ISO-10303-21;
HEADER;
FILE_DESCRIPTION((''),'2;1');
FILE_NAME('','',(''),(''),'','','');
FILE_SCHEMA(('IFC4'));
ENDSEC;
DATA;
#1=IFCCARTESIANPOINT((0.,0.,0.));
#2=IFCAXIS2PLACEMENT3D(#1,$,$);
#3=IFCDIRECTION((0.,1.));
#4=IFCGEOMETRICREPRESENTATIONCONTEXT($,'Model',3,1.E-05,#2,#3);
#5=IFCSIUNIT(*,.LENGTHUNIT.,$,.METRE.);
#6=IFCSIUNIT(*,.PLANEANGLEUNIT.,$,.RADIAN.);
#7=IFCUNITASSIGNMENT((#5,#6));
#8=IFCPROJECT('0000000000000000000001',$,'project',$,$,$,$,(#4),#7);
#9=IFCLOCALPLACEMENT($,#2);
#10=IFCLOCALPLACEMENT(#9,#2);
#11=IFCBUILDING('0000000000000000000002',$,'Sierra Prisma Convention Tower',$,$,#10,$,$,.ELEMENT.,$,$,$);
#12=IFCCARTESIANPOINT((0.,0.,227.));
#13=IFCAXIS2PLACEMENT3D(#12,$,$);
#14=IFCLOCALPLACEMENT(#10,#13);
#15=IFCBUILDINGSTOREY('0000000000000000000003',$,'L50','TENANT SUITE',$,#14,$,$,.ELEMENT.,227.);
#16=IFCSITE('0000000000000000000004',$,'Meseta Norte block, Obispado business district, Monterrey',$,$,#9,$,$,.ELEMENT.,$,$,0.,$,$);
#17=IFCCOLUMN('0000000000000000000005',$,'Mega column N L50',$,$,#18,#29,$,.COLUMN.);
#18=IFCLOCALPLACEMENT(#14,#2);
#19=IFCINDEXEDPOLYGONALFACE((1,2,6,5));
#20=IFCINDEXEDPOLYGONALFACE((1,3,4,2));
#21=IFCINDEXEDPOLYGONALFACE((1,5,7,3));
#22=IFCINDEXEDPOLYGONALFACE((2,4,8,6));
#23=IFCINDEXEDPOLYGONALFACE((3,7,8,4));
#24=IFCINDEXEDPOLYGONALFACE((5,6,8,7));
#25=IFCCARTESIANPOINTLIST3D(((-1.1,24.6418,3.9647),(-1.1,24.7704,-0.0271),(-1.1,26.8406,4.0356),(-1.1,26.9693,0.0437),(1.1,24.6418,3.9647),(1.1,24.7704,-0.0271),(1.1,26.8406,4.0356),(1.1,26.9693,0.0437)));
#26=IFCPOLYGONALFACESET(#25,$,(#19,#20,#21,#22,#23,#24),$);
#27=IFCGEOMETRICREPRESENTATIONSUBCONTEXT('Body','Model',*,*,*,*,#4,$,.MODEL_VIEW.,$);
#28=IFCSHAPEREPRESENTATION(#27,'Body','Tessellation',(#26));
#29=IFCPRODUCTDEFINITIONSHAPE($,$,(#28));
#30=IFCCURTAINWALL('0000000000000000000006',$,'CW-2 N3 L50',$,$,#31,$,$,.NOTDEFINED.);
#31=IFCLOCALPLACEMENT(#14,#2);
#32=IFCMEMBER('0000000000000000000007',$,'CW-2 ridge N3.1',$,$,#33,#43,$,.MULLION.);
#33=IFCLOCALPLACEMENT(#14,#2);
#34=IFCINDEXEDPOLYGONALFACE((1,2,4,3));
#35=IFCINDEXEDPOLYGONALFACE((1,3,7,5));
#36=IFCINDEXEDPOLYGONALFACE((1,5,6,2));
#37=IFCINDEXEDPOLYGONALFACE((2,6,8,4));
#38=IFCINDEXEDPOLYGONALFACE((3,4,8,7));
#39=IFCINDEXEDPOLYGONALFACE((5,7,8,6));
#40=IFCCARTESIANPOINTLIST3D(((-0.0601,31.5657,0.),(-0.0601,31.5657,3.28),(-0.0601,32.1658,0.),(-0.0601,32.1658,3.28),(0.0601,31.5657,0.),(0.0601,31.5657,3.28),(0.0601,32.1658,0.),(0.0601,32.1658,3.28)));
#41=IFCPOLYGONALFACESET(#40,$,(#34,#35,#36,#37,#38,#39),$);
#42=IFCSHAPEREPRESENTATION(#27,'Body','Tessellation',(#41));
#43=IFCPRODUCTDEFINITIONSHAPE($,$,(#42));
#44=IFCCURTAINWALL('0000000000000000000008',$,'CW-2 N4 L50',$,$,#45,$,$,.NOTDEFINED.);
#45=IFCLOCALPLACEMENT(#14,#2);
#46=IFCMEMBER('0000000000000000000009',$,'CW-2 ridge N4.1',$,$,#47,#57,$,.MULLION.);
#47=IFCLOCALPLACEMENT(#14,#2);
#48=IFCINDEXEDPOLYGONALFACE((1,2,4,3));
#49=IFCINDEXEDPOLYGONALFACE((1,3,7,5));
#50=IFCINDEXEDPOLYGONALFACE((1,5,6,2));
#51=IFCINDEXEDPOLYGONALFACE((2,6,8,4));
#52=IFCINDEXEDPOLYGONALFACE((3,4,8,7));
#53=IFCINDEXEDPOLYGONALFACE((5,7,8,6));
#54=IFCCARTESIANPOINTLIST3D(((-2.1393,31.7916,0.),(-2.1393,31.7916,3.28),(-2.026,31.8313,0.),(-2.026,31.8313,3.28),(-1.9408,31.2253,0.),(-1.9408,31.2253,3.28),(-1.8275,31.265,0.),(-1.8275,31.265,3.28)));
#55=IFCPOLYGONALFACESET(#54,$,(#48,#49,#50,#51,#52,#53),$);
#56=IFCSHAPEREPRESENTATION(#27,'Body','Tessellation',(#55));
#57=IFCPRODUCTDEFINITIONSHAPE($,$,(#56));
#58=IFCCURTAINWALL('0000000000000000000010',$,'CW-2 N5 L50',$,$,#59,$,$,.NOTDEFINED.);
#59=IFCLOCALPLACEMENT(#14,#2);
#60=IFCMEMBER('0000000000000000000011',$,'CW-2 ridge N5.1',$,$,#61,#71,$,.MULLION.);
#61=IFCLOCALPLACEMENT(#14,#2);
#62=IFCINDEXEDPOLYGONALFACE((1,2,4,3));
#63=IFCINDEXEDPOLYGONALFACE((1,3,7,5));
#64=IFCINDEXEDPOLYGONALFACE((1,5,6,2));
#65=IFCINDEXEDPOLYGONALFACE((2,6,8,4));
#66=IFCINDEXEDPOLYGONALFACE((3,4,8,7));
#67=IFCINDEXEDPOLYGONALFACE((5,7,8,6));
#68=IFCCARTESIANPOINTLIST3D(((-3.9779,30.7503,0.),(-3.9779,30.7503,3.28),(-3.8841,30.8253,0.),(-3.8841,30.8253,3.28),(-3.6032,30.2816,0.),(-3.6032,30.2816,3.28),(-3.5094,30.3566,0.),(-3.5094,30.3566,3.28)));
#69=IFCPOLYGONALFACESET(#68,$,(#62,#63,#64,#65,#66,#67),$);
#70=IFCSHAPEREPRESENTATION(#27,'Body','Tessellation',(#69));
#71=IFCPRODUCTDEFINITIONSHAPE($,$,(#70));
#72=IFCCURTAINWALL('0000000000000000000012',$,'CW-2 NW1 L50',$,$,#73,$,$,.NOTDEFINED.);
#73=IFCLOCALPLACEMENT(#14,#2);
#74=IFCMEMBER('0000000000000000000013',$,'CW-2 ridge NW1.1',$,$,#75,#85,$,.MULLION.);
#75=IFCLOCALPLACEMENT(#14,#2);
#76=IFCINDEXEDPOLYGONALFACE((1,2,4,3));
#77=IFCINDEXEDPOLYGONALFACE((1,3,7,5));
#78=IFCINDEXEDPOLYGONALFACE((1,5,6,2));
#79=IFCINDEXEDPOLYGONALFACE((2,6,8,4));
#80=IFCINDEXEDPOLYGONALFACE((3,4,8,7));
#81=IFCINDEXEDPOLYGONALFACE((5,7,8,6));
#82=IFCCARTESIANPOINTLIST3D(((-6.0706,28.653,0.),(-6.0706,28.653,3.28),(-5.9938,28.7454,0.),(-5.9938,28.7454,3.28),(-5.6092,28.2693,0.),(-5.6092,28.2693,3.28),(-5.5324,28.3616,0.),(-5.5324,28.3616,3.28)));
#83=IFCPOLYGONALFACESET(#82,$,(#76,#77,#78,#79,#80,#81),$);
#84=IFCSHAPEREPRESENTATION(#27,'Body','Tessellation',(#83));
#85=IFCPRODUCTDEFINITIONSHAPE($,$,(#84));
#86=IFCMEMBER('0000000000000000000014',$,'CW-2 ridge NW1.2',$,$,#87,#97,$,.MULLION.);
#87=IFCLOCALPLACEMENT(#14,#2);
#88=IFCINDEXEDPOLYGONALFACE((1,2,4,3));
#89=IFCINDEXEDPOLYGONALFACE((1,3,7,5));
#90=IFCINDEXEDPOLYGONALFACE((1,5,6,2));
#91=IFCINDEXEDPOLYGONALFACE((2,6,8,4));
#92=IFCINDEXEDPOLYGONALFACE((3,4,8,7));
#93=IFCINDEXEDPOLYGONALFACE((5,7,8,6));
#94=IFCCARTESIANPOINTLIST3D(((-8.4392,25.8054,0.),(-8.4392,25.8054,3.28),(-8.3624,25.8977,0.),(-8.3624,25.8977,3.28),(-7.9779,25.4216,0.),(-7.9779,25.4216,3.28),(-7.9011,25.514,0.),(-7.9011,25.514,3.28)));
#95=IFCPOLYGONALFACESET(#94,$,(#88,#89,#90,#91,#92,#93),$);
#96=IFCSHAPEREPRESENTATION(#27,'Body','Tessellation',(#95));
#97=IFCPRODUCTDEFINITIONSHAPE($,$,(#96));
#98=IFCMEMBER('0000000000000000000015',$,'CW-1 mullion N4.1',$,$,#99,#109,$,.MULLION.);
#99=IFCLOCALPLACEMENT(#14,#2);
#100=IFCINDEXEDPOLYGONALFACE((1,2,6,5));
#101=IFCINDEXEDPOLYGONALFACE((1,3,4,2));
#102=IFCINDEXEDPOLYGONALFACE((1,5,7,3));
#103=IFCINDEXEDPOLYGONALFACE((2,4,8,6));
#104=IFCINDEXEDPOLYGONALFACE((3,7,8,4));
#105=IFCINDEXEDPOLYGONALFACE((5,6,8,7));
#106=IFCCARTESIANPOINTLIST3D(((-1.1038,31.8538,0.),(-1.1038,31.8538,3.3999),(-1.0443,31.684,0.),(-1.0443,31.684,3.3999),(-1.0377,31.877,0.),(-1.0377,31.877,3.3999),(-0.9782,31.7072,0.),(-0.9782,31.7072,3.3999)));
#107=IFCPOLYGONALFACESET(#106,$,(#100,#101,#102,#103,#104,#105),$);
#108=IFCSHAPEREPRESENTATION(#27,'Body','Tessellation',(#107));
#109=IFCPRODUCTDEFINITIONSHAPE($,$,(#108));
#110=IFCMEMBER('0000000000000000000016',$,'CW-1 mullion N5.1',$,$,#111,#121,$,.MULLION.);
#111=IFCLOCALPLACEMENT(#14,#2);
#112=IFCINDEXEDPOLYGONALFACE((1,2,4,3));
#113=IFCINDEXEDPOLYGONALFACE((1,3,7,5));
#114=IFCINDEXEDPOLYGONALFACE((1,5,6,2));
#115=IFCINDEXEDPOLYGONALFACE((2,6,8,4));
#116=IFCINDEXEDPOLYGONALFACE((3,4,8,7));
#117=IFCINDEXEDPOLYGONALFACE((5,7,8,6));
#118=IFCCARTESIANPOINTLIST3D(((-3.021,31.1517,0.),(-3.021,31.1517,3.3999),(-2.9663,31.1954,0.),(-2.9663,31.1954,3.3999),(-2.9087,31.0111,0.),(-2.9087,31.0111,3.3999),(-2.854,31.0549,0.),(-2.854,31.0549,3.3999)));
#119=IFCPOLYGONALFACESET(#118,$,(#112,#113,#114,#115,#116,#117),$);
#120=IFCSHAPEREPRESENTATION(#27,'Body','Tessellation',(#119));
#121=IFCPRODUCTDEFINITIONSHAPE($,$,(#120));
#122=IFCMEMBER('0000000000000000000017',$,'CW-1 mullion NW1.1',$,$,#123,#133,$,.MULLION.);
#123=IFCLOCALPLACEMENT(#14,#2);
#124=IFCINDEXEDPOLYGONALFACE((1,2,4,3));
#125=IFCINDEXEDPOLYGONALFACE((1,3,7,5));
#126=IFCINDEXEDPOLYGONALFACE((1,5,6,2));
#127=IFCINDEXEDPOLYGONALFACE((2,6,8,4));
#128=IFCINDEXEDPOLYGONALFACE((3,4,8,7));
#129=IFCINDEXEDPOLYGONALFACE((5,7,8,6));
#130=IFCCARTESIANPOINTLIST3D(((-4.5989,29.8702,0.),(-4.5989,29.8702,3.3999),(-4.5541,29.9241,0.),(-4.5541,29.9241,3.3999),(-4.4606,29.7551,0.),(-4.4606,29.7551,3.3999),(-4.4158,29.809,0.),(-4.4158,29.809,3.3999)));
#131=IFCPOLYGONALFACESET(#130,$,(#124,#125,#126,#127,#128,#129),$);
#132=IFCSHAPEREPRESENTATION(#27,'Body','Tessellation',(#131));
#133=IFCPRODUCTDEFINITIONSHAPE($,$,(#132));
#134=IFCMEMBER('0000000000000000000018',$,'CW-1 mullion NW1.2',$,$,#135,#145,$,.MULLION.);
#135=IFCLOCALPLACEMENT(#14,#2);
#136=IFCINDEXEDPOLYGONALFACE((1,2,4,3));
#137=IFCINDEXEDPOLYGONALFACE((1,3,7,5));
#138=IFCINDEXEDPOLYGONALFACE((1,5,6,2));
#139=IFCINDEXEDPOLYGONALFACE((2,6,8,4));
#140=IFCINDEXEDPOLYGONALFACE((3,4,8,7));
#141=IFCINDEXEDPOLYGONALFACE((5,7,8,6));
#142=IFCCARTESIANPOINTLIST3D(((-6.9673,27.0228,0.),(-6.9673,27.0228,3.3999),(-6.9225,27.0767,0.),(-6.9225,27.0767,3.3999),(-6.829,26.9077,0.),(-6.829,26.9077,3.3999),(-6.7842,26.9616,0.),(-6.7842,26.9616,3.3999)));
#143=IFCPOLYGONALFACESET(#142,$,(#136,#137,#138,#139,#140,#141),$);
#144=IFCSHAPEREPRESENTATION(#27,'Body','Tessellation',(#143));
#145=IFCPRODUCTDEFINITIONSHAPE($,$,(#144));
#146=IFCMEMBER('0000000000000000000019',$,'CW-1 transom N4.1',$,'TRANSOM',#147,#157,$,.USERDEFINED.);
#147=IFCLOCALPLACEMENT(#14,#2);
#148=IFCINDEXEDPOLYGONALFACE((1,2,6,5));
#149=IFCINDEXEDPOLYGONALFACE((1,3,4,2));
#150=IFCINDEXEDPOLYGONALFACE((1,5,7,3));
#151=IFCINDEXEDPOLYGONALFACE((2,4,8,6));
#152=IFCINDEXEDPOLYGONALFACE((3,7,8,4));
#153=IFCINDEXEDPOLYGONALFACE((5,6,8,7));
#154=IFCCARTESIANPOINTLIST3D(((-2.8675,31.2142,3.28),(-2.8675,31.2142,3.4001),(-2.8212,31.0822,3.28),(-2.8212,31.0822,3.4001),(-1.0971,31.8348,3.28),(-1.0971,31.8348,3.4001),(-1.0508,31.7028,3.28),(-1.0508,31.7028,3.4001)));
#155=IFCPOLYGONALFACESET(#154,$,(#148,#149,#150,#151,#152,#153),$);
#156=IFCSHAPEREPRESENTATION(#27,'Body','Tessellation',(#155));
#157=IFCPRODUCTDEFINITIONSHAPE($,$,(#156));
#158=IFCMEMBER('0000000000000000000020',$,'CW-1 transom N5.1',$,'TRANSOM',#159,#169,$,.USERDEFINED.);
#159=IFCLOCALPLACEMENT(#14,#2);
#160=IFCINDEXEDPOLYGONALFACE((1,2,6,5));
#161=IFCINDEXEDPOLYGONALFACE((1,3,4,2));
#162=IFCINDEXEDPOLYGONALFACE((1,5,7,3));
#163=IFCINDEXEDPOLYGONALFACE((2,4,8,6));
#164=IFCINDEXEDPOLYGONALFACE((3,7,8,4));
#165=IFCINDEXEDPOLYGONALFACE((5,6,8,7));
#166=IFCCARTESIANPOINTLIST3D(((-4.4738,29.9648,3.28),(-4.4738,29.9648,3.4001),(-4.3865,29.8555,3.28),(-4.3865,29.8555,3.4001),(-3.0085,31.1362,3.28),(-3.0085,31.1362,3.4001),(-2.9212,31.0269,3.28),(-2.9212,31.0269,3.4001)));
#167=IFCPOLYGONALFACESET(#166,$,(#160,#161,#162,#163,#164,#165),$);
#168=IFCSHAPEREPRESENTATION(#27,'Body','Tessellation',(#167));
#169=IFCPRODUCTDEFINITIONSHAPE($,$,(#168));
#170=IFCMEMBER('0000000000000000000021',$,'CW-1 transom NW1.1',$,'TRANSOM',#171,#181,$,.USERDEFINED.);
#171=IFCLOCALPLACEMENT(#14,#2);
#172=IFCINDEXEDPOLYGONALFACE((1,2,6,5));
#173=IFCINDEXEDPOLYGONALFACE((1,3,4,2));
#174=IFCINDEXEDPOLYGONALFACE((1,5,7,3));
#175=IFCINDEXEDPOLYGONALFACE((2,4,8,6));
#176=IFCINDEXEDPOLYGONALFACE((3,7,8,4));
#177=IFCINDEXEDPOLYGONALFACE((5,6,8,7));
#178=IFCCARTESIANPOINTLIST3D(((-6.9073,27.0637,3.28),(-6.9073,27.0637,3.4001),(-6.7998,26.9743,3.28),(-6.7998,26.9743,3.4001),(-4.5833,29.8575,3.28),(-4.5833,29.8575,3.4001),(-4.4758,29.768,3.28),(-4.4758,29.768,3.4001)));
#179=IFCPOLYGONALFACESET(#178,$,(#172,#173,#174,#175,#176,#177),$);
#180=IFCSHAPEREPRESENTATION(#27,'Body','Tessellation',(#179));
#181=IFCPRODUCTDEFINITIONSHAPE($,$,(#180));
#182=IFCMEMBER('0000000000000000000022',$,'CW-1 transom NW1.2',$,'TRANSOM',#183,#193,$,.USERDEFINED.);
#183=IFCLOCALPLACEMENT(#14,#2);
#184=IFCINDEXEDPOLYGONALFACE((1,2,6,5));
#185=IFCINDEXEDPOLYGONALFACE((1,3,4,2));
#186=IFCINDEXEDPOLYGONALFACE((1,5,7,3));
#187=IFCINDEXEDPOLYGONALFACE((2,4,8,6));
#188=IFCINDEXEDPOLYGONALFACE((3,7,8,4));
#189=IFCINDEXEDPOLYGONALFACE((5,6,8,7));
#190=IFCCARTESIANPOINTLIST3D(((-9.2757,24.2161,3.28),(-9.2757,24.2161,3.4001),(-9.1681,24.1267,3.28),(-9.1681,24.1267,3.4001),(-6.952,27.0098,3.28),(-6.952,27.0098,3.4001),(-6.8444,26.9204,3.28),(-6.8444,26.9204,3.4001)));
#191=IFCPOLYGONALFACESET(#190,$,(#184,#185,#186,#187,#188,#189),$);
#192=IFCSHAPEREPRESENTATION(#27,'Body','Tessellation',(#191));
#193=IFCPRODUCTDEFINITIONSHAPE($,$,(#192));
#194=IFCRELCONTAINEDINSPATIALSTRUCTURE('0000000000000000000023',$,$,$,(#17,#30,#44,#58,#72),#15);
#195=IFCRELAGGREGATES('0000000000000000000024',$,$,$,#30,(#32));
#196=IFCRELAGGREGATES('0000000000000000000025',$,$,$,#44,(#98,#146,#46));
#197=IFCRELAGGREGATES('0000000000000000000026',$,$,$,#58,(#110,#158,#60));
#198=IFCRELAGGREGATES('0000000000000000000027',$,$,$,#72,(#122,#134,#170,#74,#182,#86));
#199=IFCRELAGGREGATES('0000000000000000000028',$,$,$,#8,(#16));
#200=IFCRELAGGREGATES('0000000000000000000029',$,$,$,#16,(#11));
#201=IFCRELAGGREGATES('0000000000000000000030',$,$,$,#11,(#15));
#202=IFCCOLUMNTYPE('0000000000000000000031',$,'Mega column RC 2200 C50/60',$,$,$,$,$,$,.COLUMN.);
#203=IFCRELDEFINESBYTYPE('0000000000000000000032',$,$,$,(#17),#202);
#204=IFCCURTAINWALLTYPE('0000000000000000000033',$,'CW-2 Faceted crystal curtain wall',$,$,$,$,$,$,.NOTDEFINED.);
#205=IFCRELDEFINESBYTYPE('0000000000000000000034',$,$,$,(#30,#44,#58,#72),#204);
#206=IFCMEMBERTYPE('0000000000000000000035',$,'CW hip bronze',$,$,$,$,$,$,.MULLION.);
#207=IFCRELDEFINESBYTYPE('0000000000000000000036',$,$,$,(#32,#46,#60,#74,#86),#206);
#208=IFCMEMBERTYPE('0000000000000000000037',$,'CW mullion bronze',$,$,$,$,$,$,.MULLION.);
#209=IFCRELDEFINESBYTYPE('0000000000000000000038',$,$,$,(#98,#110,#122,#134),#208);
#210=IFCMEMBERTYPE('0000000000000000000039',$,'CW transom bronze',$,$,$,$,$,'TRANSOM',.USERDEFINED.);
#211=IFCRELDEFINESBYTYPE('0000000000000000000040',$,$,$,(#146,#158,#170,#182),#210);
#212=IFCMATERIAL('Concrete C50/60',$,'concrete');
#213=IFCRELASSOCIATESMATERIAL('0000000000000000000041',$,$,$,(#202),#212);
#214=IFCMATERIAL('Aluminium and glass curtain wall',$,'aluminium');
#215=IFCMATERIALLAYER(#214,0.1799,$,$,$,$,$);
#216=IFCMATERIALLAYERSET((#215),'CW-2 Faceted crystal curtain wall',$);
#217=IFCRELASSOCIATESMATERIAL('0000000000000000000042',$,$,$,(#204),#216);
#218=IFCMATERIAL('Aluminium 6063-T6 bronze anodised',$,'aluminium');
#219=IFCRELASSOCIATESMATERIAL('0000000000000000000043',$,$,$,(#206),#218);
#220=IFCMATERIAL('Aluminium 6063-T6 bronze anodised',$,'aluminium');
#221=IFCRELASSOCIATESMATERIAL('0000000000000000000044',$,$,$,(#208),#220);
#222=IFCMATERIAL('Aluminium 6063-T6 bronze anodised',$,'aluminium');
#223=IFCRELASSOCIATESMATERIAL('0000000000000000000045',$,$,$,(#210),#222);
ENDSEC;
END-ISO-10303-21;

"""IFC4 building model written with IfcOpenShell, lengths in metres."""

from ifc_helpers import new_model, si_unit, direction, frame, origin, origin_2d, place, context, subcontext, project, spatial, rectangle, extrude, clip, halfspace, material, layer, layer_set, material_profile, profile_set, type_object, element, aggregate, save


model = new_model("IFC4")

# Units and contexts
model_context = context("Model", 3, precision=1e-05, world=origin(), true_north=direction((0.0, 1.0)))
body_context = subcontext(model_context, "Body", "Model", "MODEL_VIEW")
ifc_project = project(units=[si_unit("LENGTHUNIT", "METRE"), si_unit("PLANEANGLEUNIT", "RADIAN")], contexts=[model_context])

# Site, building, storey
site_placement = place(None, origin())
site = spatial("IfcSite", under=ifc_project, at=site_placement, Name="Meseta Norte block, Obispado business district, Monterrey", CompositionType="ELEMENT", RefElevation=0.0)
building_placement = place(site_placement, origin())
building = spatial("IfcBuilding", under=site, at=building_placement, Name="Sierra Prisma Convention Tower", CompositionType="ELEMENT")
storey_placement = place(building_placement, frame((0.0, 0.0, 227.0)))
storey = spatial("IfcBuildingStorey", under=building, at=storey_placement, Name="L50", Description="TENANT SUITE", CompositionType="ELEMENT", Elevation=227.0)

# Column
ifc_material_1 = material(Name="Concrete C50/60", Category="concrete")
ifc_material_profile_1 = material_profile(ifc_material_1, rectangle(XDim=2.2, YDim=2.2, at=origin_2d()), Name="Mega column RC 2200 C50/60")
ifc_profile_set_1 = profile_set([ifc_material_profile_1], Name="Concrete C50/60")
column_type = type_object("IfcColumnType", Name="Mega column RC 2200 C50/60", PredefinedType="COLUMN", material=ifc_profile_set_1)
column_placement = place(storey_placement, frame((0.0, 25.8701, 0.0), z_axis=(0.0, -0.03221, 0.999481), x_axis=(1.0, 0.0, 0.0)))
element("IfcColumn", 1, at=column_placement, inside=storey, type_object=column_type, Name="Mega column N L50", PredefinedType="COLUMN", context=body_context, shape_type="SweptSolid", body=[
    clip(extrude(rectangle(XDim=2.2, YDim=2.2, at=origin_2d()), origin(), (0.0, 0.0, 1.0), 4.0022), halfspace(frame((0.0, 0.0, 0.0083)), True)),
])

# Curtain walls, members
ifc_material_2 = material(Name="Aluminium and glass curtain wall", Category="aluminium")
ifc_layer_1 = layer(ifc_material_2, 0.1799)
ifc_layer_set_1 = layer_set([ifc_layer_1], Name="CW-2 Faceted crystal curtain wall")
curtain_wall_type = type_object("IfcCurtainWallType", Name="CW-2 Faceted crystal curtain wall", PredefinedType="NOTDEFINED", material=ifc_layer_set_1)
curtain_wall_1_placement = place(storey_placement, origin())
curtain_wall_1 = element("IfcCurtainWall", 2, at=curtain_wall_1_placement, inside=storey, type_object=curtain_wall_type, Name="CW-2 N3 L50", PredefinedType="NOTDEFINED")
ifc_material_3 = material(Name="Aluminium 6063-T6 bronze anodised", Category="aluminium")
ifc_material_profile_2 = material_profile(ifc_material_3, rectangle(XDim=0.1201, YDim=0.6001, at=origin_2d()), Name="ALU RIDGE BLADE 120x600")
ifc_profile_set_2 = profile_set([ifc_material_profile_2], Name="Aluminium 6063-T6 bronze anodised")
member_type_1 = type_object("IfcMemberType", Name="CW hip bronze", PredefinedType="MULLION", material=ifc_profile_set_2)
member_1_placement = place(storey_placement, frame((0.0, 31.8657, 0.0), z_axis=(0.0, 0.0, 1.0), x_axis=(-1.0, 0.0, 0.0)))
member_1 = element("IfcMember", 3, at=member_1_placement, type_object=member_type_1, Name="CW-2 ridge N3.1", PredefinedType="MULLION", context=body_context, shape_type="SweptSolid", body=[
    extrude(rectangle(XDim=0.1201, YDim=0.6001, at=origin_2d()), origin(), (0.0, 0.0, 1.0), 3.28),
])
curtain_wall_2_placement = place(storey_placement, origin())
curtain_wall_2 = element("IfcCurtainWall", 4, at=curtain_wall_2_placement, inside=storey, type_object=curtain_wall_type, Name="CW-2 N4 L50", PredefinedType="NOTDEFINED")
member_2_placement = place(storey_placement, frame((-1.9834, 31.5283, 0.0), z_axis=(0.0, 0.0, 1.0), x_axis=(-0.943696, -0.330813, 0.0)))
member_2 = element("IfcMember", 5, at=member_2_placement, type_object=member_type_1, Name="CW-2 ridge N4.1", PredefinedType="MULLION", context=body_context, shape_type="SweptSolid", body=[
    extrude(rectangle(XDim=0.1201, YDim=0.6001, at=origin_2d()), origin(), (0.0, 0.0, 1.0), 3.28),
])
curtain_wall_3_placement = place(storey_placement, origin())
curtain_wall_3 = element("IfcCurtainWall", 6, at=curtain_wall_3_placement, inside=storey, type_object=curtain_wall_type, Name="CW-2 N5 L50", PredefinedType="NOTDEFINED")
member_3_placement = place(storey_placement, frame((-3.7437, 30.5535, 0.0), z_axis=(0.0, 0.0, 1.0), x_axis=(-0.781126, -0.624373, 0.0)))
member_3 = element("IfcMember", 7, at=member_3_placement, type_object=member_type_1, Name="CW-2 ridge N5.1", PredefinedType="MULLION", context=body_context, shape_type="SweptSolid", body=[
    extrude(rectangle(XDim=0.1201, YDim=0.6001, at=origin_2d()), origin(), (0.0, 0.0, 1.0), 3.28),
])

# Curtain wall, members
curtain_wall_4_placement = place(storey_placement, origin())
curtain_wall_4 = element("IfcCurtainWall", 8, at=curtain_wall_4_placement, inside=storey, type_object=curtain_wall_type, Name="CW-2 NW1 L50", PredefinedType="NOTDEFINED")
member_4_placement = place(storey_placement, frame((-5.8015, 28.5073, 0.0), z_axis=(0.0, 0.0, 1.0), x_axis=(-0.639492, -0.768798, 0.0)))
member_4 = element("IfcMember", 9, at=member_4_placement, type_object=member_type_1, Name="CW-2 ridge NW1.1", PredefinedType="MULLION", context=body_context, shape_type="SweptSolid", body=[
    extrude(rectangle(XDim=0.1201, YDim=0.6001, at=origin_2d()), origin(), (0.0, 0.0, 1.0), 3.28),
])
member_5_placement = place(storey_placement, frame((-8.1702, 25.6597, 0.0), z_axis=(0.0, 0.0, 1.0), x_axis=(-0.639492, -0.768798, 0.0)))
member_5 = element("IfcMember", 10, at=member_5_placement, type_object=member_type_1, Name="CW-2 ridge NW1.2", PredefinedType="MULLION", context=body_context, shape_type="SweptSolid", body=[
    extrude(rectangle(XDim=0.1201, YDim=0.6001, at=origin_2d()), origin(), (0.0, 0.0, 1.0), 3.28),
])

# Members
ifc_material_4 = material(Name="Aluminium 6063-T6 bronze anodised", Category="aluminium")
ifc_material_profile_3 = material_profile(ifc_material_4, rectangle(XDim=0.1799, YDim=0.0701, at=origin_2d()), Name="ALU MULLION 70x180")
ifc_profile_set_3 = profile_set([ifc_material_profile_3], Name="Aluminium 6063-T6 bronze anodised")
member_type_2 = type_object("IfcMemberType", Name="CW mullion bronze", PredefinedType="MULLION", material=ifc_profile_set_3)
member_6_placement = place(storey_placement, frame((-1.041, 31.7805, 0.0), z_axis=(0.0, 0.0, 1.0), x_axis=(0.330813, -0.943696, 0.0)))
member_6 = element("IfcMember", 11, at=member_6_placement, type_object=member_type_2, Name="CW-1 mullion N4.1", PredefinedType="MULLION", context=body_context, shape_type="SweptSolid", body=[
    extrude(rectangle(XDim=0.1799, YDim=0.0701, at=origin_2d()), origin(), (0.0, 0.0, 1.0), 3.3999),
])
member_7_placement = place(storey_placement, frame((-2.9375, 31.1033, 0.0), z_axis=(0.0, 0.0, 1.0), x_axis=(0.624373, -0.781126, 0.0)))
member_7 = element("IfcMember", 12, at=member_7_placement, type_object=member_type_2, Name="CW-1 mullion N5.1", PredefinedType="MULLION", context=body_context, shape_type="SweptSolid", body=[
    extrude(rectangle(XDim=0.1799, YDim=0.0701, at=origin_2d()), origin(), (0.0, 0.0, 1.0), 3.3999),
])
member_8_placement = place(storey_placement, frame((-4.5073, 29.8396, 0.0), z_axis=(0.0, 0.0, 1.0), x_axis=(0.768798, -0.639492, 0.0)))
member_8 = element("IfcMember", 13, at=member_8_placement, type_object=member_type_2, Name="CW-1 mullion NW1.1", PredefinedType="MULLION", context=body_context, shape_type="SweptSolid", body=[
    extrude(rectangle(XDim=0.1799, YDim=0.0701, at=origin_2d()), origin(), (0.0, 0.0, 1.0), 3.3999),
])
member_9_placement = place(storey_placement, frame((-6.8757, 26.9922, 0.0), z_axis=(0.0, 0.0, 1.0), x_axis=(0.768798, -0.639492, 0.0)))
member_9 = element("IfcMember", 14, at=member_9_placement, type_object=member_type_2, Name="CW-1 mullion NW1.2", PredefinedType="MULLION", context=body_context, shape_type="SweptSolid", body=[
    extrude(rectangle(XDim=0.1799, YDim=0.0701, at=origin_2d()), origin(), (0.0, 0.0, 1.0), 3.3999),
])
ifc_material_5 = material(Name="Aluminium 6063-T6 bronze anodised", Category="aluminium")
ifc_material_profile_4 = material_profile(ifc_material_5, rectangle(XDim=0.1399, YDim=0.1201, at=origin_2d()), Name="ALU TRANSOM 120x140")
ifc_profile_set_4 = profile_set([ifc_material_profile_4], Name="Aluminium 6063-T6 bronze anodised")
member_type_3 = type_object("IfcMemberType", Name="CW transom bronze", ElementType="TRANSOM", PredefinedType="USERDEFINED", material=ifc_profile_set_4)
member_10_placement = place(storey_placement, frame((-1.074, 31.7688, 3.3401), z_axis=(-0.94369, -0.330832, 0.0), x_axis=(0.330832, -0.94369, 0.0)))
member_10 = element("IfcMember", 15, at=member_10_placement, type_object=member_type_3, Name="CW-1 transom N4.1", ObjectType="TRANSOM", PredefinedType="USERDEFINED", context=body_context, shape_type="SweptSolid", body=[
    extrude(rectangle(XDim=0.1399, YDim=0.1201, at=origin_2d()), origin(), (0.0, 0.0, 1.0), 1.876),
])
member_11_placement = place(storey_placement, frame((-2.9648, 31.0815, 3.3401), z_axis=(-0.781097, -0.624409, 0.0), x_axis=(0.624409, -0.781097, 0.0)))
member_11 = element("IfcMember", 16, at=member_11_placement, type_object=member_type_3, Name="CW-1 transom N5.1", ObjectType="TRANSOM", PredefinedType="USERDEFINED", context=body_context, shape_type="SweptSolid", body=[
    extrude(rectangle(XDim=0.1399, YDim=0.1201, at=origin_2d()), origin(), (0.0, 0.0, 1.0), 1.876),
])
member_12_placement = place(storey_placement, frame((-4.5295, 29.8127, 3.3401), z_axis=(-0.639517, -0.768777, 0.0), x_axis=(0.768777, -0.639517, 0.0)))
member_12 = element("IfcMember", 17, at=member_12_placement, type_object=member_type_3, Name="CW-1 transom NW1.1", ObjectType="TRANSOM", PredefinedType="USERDEFINED", context=body_context, shape_type="SweptSolid", body=[
    extrude(rectangle(XDim=0.1399, YDim=0.1201, at=origin_2d()), origin(), (0.0, 0.0, 1.0), 3.634),
])
member_13_placement = place(storey_placement, frame((-6.8982, 26.9651, 3.3401), z_axis=(-0.639477, -0.76881, 0.0), x_axis=(0.76881, -0.639477, 0.0)))
member_13 = element("IfcMember", 18, at=member_13_placement, type_object=member_type_3, Name="CW-1 transom NW1.2", ObjectType="TRANSOM", PredefinedType="USERDEFINED", context=body_context, shape_type="SweptSolid", body=[
    extrude(rectangle(XDim=0.1399, YDim=0.1201, at=origin_2d()), origin(), (0.0, 0.0, 1.0), 3.6338),
])

aggregate(curtain_wall_1, [member_1])
aggregate(curtain_wall_2, [member_6, member_10, member_2])
aggregate(curtain_wall_3, [member_7, member_11, member_3])
aggregate(curtain_wall_4, [member_8, member_9, member_12, member_4, member_13, member_5])

save(model, "model.ifc")
